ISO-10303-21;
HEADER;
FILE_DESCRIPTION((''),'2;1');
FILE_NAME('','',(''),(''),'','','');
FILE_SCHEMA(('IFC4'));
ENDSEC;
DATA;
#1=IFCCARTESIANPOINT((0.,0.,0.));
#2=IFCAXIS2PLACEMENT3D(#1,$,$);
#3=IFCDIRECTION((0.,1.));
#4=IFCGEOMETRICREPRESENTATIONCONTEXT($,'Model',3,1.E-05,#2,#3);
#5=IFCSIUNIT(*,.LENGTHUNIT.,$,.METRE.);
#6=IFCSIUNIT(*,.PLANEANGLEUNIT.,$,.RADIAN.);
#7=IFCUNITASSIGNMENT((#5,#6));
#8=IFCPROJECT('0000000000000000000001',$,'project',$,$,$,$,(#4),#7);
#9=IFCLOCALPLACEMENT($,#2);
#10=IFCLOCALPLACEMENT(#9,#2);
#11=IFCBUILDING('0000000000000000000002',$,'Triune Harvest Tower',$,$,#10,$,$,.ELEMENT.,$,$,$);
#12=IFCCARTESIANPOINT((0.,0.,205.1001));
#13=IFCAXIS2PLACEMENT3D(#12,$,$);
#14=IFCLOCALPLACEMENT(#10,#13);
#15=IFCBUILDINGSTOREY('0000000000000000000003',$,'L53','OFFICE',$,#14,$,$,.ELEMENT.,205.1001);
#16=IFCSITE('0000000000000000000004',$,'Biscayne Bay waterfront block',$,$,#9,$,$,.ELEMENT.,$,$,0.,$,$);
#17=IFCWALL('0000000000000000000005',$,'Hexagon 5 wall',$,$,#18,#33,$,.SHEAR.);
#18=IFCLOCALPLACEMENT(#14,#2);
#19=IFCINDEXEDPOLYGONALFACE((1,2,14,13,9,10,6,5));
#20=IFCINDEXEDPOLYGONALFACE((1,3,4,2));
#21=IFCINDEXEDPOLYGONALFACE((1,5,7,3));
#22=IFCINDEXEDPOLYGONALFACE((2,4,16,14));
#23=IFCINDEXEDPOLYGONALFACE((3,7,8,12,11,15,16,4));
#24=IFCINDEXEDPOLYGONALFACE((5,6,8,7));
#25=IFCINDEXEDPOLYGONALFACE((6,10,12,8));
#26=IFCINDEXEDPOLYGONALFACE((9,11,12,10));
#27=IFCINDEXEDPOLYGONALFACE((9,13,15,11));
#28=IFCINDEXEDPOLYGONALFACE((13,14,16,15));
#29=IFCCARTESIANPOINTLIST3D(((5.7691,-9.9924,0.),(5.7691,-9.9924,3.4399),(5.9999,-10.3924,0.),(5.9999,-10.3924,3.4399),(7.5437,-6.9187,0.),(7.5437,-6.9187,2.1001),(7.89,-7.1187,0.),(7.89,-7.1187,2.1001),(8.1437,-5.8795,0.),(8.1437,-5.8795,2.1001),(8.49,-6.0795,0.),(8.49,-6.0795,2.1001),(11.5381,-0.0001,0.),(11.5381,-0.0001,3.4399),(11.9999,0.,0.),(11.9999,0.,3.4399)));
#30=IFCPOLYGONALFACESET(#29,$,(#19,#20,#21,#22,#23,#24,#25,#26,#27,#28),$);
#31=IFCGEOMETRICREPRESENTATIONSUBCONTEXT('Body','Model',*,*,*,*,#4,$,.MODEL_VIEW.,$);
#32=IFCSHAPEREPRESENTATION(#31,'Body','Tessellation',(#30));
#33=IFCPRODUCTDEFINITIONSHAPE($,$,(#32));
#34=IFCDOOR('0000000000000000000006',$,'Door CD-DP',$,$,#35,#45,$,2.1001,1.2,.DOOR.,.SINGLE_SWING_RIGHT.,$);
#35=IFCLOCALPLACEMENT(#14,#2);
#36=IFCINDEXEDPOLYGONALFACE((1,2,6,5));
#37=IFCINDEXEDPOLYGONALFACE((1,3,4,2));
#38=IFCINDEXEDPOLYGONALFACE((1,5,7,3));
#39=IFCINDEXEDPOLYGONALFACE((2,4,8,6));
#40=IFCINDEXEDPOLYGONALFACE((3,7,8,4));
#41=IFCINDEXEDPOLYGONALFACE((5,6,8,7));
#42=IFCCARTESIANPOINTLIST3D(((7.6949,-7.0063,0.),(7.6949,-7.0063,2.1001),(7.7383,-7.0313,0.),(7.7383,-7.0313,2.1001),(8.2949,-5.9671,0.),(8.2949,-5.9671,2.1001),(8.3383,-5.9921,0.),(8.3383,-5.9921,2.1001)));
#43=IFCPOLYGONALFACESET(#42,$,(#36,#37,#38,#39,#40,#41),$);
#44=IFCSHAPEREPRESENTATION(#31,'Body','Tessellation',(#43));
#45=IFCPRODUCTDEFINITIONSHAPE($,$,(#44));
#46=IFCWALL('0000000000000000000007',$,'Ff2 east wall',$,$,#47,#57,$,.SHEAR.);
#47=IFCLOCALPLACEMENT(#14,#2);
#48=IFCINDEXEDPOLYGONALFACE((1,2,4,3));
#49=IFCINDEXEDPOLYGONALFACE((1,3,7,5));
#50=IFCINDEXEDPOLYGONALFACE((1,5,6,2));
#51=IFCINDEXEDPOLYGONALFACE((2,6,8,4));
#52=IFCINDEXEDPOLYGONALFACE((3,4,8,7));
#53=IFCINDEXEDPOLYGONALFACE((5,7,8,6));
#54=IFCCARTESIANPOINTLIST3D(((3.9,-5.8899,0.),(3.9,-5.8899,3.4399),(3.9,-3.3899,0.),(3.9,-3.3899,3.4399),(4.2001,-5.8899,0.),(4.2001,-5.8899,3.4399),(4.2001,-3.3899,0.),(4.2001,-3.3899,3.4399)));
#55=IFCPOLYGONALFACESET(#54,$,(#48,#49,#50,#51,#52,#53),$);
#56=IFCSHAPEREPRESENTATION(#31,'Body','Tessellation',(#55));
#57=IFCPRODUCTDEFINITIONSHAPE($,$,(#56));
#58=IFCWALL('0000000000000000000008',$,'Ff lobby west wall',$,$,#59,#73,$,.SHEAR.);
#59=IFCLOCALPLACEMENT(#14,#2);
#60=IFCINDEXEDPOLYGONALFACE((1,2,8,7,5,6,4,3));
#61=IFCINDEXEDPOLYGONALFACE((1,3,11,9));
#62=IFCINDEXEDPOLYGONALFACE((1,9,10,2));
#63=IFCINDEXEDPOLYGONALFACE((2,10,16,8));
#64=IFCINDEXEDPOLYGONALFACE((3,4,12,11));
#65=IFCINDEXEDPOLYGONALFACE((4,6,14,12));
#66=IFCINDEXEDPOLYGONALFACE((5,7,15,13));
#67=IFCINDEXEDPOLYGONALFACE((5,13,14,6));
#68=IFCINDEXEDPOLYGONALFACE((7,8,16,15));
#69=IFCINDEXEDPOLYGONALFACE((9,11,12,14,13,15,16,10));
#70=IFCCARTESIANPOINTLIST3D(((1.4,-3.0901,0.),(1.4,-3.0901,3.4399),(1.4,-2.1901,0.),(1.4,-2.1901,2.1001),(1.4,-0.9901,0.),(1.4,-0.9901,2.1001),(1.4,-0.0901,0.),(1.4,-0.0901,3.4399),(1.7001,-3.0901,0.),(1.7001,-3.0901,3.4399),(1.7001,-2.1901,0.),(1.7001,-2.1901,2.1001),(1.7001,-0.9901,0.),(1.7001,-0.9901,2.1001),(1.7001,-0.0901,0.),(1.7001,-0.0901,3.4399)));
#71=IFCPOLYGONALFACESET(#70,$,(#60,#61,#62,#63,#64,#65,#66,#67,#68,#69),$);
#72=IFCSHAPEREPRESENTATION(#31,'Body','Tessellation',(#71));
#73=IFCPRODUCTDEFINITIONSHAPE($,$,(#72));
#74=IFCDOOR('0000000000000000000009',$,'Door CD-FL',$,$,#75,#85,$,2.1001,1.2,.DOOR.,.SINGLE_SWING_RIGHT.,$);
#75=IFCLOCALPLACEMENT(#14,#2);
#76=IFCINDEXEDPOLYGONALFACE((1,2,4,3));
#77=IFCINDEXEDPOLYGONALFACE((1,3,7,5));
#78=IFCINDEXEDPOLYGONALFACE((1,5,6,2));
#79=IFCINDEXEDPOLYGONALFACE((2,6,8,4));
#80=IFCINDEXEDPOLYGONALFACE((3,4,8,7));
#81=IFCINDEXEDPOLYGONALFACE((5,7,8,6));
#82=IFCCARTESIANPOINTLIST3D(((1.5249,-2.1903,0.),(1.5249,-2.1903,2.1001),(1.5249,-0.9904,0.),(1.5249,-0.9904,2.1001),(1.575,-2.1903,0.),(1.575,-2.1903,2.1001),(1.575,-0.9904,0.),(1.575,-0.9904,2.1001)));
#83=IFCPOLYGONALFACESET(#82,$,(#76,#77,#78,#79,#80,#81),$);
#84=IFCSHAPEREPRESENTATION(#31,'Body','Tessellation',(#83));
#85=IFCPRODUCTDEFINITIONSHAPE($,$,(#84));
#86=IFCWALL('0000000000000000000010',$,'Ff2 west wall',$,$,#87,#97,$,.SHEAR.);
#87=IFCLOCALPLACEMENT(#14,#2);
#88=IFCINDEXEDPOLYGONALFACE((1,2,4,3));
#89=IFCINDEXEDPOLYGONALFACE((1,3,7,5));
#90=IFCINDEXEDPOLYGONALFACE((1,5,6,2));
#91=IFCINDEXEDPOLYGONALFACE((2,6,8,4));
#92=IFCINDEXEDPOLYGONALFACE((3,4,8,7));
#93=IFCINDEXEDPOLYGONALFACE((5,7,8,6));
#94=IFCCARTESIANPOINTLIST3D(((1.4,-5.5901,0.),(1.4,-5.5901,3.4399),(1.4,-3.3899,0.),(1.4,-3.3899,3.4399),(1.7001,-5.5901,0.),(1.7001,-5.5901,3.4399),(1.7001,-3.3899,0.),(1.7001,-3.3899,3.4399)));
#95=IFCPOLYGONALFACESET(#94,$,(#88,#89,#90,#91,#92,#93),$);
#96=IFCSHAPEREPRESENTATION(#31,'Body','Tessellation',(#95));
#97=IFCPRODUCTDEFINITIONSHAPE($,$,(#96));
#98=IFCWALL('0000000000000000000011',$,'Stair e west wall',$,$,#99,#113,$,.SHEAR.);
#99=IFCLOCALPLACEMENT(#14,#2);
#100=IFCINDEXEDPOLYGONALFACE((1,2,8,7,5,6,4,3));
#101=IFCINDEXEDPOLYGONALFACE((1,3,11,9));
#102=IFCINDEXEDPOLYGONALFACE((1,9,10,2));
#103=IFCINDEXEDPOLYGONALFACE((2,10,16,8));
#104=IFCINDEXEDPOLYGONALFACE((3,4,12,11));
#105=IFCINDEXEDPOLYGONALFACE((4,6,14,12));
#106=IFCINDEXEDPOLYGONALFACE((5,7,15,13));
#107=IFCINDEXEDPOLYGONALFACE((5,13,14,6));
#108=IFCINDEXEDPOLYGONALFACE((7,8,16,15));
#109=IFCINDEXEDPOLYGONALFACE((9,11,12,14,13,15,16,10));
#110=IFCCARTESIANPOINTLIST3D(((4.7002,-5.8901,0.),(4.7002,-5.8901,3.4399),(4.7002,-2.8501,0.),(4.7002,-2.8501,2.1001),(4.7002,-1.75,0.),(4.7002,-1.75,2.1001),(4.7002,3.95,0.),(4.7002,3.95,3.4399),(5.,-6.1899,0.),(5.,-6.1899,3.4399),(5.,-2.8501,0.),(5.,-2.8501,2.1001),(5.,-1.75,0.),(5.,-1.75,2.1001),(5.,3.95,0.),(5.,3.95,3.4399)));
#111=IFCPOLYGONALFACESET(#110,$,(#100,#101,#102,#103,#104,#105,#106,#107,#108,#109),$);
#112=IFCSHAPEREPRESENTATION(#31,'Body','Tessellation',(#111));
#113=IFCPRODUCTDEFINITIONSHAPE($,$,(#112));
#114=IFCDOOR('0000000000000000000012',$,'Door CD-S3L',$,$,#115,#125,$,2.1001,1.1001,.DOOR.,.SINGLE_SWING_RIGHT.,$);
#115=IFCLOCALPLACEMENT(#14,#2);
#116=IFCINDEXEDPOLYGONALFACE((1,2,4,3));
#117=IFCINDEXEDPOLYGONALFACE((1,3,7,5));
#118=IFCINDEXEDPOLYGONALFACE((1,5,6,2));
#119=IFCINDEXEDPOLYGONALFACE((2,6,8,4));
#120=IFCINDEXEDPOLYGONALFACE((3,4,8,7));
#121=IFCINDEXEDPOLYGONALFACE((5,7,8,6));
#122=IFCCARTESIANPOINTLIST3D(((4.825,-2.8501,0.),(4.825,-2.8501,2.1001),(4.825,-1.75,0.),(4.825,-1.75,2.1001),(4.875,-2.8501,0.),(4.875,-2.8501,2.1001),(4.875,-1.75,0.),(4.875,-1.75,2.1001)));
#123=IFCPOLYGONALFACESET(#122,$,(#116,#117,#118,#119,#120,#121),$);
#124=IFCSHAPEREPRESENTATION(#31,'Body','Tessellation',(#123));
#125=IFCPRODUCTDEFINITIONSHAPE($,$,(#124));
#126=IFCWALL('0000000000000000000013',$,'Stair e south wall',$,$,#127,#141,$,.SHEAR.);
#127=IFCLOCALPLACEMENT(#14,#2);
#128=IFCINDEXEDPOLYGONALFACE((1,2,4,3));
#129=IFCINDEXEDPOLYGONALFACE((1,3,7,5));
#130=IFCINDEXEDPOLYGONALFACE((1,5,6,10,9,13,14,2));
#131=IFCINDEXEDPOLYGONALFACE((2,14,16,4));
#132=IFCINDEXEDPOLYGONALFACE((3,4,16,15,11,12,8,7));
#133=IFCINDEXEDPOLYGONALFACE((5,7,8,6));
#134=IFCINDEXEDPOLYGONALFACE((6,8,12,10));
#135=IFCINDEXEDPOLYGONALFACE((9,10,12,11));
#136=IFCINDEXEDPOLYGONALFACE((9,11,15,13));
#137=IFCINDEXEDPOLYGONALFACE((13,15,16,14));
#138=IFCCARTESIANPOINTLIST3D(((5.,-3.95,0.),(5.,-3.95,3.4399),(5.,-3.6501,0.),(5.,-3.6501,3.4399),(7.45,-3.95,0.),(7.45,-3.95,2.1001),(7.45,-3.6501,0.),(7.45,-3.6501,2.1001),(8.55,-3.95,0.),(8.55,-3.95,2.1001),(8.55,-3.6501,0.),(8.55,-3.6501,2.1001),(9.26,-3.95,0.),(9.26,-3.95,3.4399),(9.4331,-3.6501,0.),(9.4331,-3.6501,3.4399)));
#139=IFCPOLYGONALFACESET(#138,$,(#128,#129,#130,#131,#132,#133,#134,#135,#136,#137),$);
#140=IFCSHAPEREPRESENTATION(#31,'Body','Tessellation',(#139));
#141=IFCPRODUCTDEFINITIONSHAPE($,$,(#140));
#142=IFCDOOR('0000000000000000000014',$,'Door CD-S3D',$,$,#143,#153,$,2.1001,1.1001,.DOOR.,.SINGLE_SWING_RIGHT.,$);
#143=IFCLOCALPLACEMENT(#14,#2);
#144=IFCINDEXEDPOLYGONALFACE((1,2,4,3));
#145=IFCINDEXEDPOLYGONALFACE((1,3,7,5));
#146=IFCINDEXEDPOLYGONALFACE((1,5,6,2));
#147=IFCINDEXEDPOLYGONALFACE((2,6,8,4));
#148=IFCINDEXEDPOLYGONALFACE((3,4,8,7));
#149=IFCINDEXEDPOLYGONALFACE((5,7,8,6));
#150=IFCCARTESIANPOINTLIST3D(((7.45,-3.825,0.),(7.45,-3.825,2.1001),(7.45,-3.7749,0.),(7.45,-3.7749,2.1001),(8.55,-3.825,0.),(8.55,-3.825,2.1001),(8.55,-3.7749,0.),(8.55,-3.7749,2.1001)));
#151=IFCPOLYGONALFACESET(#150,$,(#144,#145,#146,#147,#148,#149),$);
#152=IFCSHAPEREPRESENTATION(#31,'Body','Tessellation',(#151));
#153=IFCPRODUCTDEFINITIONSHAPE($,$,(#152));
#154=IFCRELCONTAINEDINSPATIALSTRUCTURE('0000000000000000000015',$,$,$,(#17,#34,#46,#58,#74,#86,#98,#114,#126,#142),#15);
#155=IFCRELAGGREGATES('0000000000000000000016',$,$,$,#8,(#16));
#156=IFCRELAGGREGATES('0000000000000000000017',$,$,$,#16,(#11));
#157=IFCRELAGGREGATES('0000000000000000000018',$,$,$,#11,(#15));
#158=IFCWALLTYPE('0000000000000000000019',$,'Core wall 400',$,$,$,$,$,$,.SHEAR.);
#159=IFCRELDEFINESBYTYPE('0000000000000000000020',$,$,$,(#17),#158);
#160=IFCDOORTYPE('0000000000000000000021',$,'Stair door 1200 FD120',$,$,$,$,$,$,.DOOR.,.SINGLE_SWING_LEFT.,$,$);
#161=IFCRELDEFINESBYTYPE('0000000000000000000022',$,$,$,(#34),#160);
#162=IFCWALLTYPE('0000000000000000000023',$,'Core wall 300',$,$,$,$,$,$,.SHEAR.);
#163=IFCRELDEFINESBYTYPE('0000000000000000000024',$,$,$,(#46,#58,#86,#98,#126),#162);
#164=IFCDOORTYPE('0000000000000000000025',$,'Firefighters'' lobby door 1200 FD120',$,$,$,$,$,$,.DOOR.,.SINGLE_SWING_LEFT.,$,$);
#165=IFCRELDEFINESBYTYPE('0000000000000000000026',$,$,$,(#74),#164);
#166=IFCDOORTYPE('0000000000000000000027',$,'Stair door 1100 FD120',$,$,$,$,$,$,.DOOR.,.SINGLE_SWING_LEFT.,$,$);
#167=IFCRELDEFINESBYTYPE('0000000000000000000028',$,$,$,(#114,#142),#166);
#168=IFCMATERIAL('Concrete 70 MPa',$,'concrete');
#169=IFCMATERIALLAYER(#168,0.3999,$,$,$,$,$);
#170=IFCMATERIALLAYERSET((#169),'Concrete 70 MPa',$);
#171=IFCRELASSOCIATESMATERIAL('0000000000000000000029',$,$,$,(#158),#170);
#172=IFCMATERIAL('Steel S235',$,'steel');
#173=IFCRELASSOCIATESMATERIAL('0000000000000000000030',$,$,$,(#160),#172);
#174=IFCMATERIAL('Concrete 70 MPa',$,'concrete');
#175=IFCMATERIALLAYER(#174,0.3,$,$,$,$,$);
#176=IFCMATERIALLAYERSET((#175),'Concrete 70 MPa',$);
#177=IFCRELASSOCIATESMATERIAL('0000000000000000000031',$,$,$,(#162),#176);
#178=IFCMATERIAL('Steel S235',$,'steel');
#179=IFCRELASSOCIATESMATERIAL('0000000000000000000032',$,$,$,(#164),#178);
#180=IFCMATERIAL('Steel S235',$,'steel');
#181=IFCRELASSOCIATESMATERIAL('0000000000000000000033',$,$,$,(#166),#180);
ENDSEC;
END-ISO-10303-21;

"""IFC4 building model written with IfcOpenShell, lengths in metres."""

from ifc_helpers import new_model, si_unit, direction, frame, frame_2d, origin, place, context, subcontext, project, spatial, polyline, rectangle, outline, extrude, source, transform, mapped, material, layer, layer_set, type_object, element, fill, save


model = new_model("IFC4")

# Units and contexts
model_context = context("Model", 3, precision=1e-05, world=origin(), true_north=direction((0.0, 1.0)))
body_context = subcontext(model_context, "Body", "Model", "MODEL_VIEW")
ifc_project = project(units=[si_unit("LENGTHUNIT", "METRE"), si_unit("PLANEANGLEUNIT", "RADIAN")], contexts=[model_context])

# Site, building, storey
site_placement = place(None, origin())
site = spatial("IfcSite", under=ifc_project, at=site_placement, Name="Biscayne Bay waterfront block", CompositionType="ELEMENT", RefElevation=0.0)
building_placement = place(site_placement, origin())
building = spatial("IfcBuilding", under=site, at=building_placement, Name="Triune Harvest Tower", CompositionType="ELEMENT")
storey_placement = place(building_placement, frame((0.0, 0.0, 205.1001)))
storey = spatial("IfcBuildingStorey", under=building, at=storey_placement, Name="L53", Description="OFFICE", CompositionType="ELEMENT", Elevation=205.1001)

# Wall, opening, door
ifc_material_1 = material(Name="Concrete 70 MPa", Category="concrete")
ifc_layer_1 = layer(ifc_material_1, 0.3999)
ifc_layer_set_1 = layer_set([ifc_layer_1], Name="Concrete 70 MPa")
wall_type_1 = type_object("IfcWallType", Name="Core wall 400", PredefinedType="SHEAR", material=ifc_layer_set_1)
shared_shape_1 = source(origin(), body_context, "Body", "SweptSolid", [
    extrude(outline(polyline([(-0.1155, -0.2), (11.8845, -0.2), (11.6536, 0.2), (0.1155, 0.2), (-0.1155, -0.2)])), origin(), (0.0, 0.0, 1.0), 3.4399),
])
wall_1_placement = place(storey_placement, frame((5.8845, -10.1924, 0.0), z_axis=(0.0, 0.0, 1.0), x_axis=(0.499997, 0.866027, 0.0)))
wall_1 = element("IfcWall", 1, at=wall_1_placement, inside=storey, type_object=wall_type_1, Name="Hexagon 5 wall", PredefinedType="SHEAR", context=body_context, shape_type="MappedRepresentation", body=[
    mapped(shared_shape_1, transform((0.0, 0.0, 0.0), scale=1.0)),
])
opening_1_placement = place(wall_1_placement, frame((3.6646, 0.0, 0.0)))
opening_1 = element("IfcOpeningElement", 2, at=opening_1_placement, cuts=wall_1, PredefinedType="OPENING", context=body_context, shape_type="SweptSolid", body=[
    extrude(rectangle(XDim=1.2, YDim=2.1001, at=frame_2d((0.6001, 1.05))), frame((0.0, 0.21, 0.0), z_axis=(0.0, -1.0, 0.0), x_axis=(1.0, 0.0, 0.0)), (0.0, 0.0, 1.0), 0.4199),
])
ifc_material_2 = material(Name="Steel S235", Category="steel")
door_type_1 = type_object("IfcDoorType", Name="Stair door 1200 FD120", OperationType="SINGLE_SWING_LEFT", PredefinedType="DOOR", material=ifc_material_2)
door_1_placement = place(opening_1_placement, frame((1.2, 0.0, 0.0), z_axis=(0.0, 0.0, 1.0), x_axis=(-1.0, 0.0, 0.0)))
door_1 = element("IfcDoor", 3, at=door_1_placement, inside=storey, type_object=door_type_1, Name="Door CD-DP", OperationType="SINGLE_SWING_RIGHT", OverallHeight=2.1001, OverallWidth=1.2, PredefinedType="DOOR", context=body_context, shape_type="SweptSolid", body=[
    extrude(rectangle(XDim=1.2, YDim=2.1001, at=frame_2d((0.6001, 1.05))), frame((0.0, 0.0249, 0.0), z_axis=(0.0, -1.0, 0.0), x_axis=(1.0, 0.0, 0.0)), (0.0, 0.0, 1.0), 0.05),
])
fill(opening_1, door_1)

# Wall
ifc_material_3 = material(Name="Concrete 70 MPa", Category="concrete")
ifc_layer_2 = layer(ifc_material_3, 0.3)
ifc_layer_set_2 = layer_set([ifc_layer_2], Name="Concrete 70 MPa")
wall_type_2 = type_object("IfcWallType", Name="Core wall 300", PredefinedType="SHEAR", material=ifc_layer_set_2)
shared_shape_2 = source(origin(), body_context, "Body", "SweptSolid", [
    extrude(rectangle(XDim=2.5, YDim=0.3, at=frame_2d((1.25, 0.0))), origin(), (0.0, 0.0, 1.0), 3.4399),
])
wall_2_placement = place(storey_placement, frame((4.05, -5.8899, 0.0), z_axis=(0.0, 0.0, 1.0), x_axis=(0.0, 1.0, 0.0)))
element("IfcWall", 4, at=wall_2_placement, inside=storey, type_object=wall_type_2, Name="Ff2 east wall", PredefinedType="SHEAR", context=body_context, shape_type="MappedRepresentation", body=[
    mapped(shared_shape_2, transform((0.0, 0.0, 0.0), scale=1.0)),
])

# Wall, opening, door
shared_shape_3 = source(origin(), body_context, "Body", "SweptSolid", [
    extrude(rectangle(XDim=3.0, YDim=0.3, at=frame_2d((1.5, 0.0))), origin(), (0.0, 0.0, 1.0), 3.4399),
])
wall_3_placement = place(storey_placement, frame((1.55, -3.0901, 0.0), z_axis=(0.0, 0.0, 1.0), x_axis=(0.0, 1.0, 0.0)))
wall_3 = element("IfcWall", 5, at=wall_3_placement, inside=storey, type_object=wall_type_2, Name="Ff lobby west wall", PredefinedType="SHEAR", context=body_context, shape_type="MappedRepresentation", body=[
    mapped(shared_shape_3, transform((0.0, 0.0, 0.0), scale=1.0)),
])
opening_2_placement = place(wall_3_placement, frame((0.8999, 0.0, 0.0)))
opening_2 = element("IfcOpeningElement", 6, at=opening_2_placement, cuts=wall_3, PredefinedType="OPENING", context=body_context, shape_type="SweptSolid", body=[
    extrude(rectangle(XDim=1.2, YDim=2.1001, at=frame_2d((0.6001, 1.05))), frame((0.0, 0.1602, 0.0), z_axis=(0.0, -1.0, 0.0), x_axis=(1.0, 0.0, 0.0)), (0.0, 0.0, 1.0), 0.3201),
])
ifc_material_4 = material(Name="Steel S235", Category="steel")
door_type_2 = type_object("IfcDoorType", Name="Firefighters' lobby door 1200 FD120", OperationType="SINGLE_SWING_LEFT", PredefinedType="DOOR", material=ifc_material_4)
door_2_placement = place(opening_2_placement, frame((1.2, 0.0, 0.0), z_axis=(0.0, 0.0, 1.0), x_axis=(-1.0, 0.0, 0.0)))
door_2 = element("IfcDoor", 7, at=door_2_placement, inside=storey, type_object=door_type_2, Name="Door CD-FL", OperationType="SINGLE_SWING_RIGHT", OverallHeight=2.1001, OverallWidth=1.2, PredefinedType="DOOR", context=body_context, shape_type="SweptSolid", body=[
    extrude(rectangle(XDim=1.2, YDim=2.1001, at=frame_2d((0.6001, 1.05))), frame((0.0, 0.0249, 0.0), z_axis=(0.0, -1.0, 0.0), x_axis=(1.0, 0.0, 0.0)), (0.0, 0.0, 1.0), 0.05),
])
fill(opening_2, door_2)

# Wall
shared_shape_4 = source(origin(), body_context, "Body", "SweptSolid", [
    extrude(rectangle(XDim=2.2002, YDim=0.3, at=frame_2d((1.1001, 0.0))), origin(), (0.0, 0.0, 1.0), 3.4399),
])
wall_4_placement = place(storey_placement, frame((1.55, -5.5901, 0.0), z_axis=(0.0, 0.0, 1.0), x_axis=(0.0, 1.0, 0.0)))
element("IfcWall", 8, at=wall_4_placement, inside=storey, type_object=wall_type_2, Name="Ff2 west wall", PredefinedType="SHEAR", context=body_context, shape_type="MappedRepresentation", body=[
    mapped(shared_shape_4, transform((0.0, 0.0, 0.0), scale=1.0)),
])

# Walls, openings, doors
shared_shape_5 = source(origin(), body_context, "Body", "SweptSolid", [
    extrude(outline(polyline([(-0.1499, -0.1499), (9.99, -0.1499), (9.99, 0.1499), (0.1499, 0.1499), (-0.1499, -0.1499)])), origin(), (0.0, 0.0, 1.0), 3.4399),
])
wall_5_placement = place(storey_placement, frame((4.8501, -6.04, 0.0), z_axis=(0.0, 0.0, 1.0), x_axis=(0.0, 1.0, 0.0)))
wall_5 = element("IfcWall", 9, at=wall_5_placement, inside=storey, type_object=wall_type_2, Name="Stair e west wall", PredefinedType="SHEAR", context=body_context, shape_type="MappedRepresentation", body=[
    mapped(shared_shape_5, transform((0.0, 0.0, 0.0), scale=1.0)),
])
opening_3_placement = place(wall_5_placement, frame((3.1899, 0.0, 0.0)))
opening_3 = element("IfcOpeningElement", 10, at=opening_3_placement, cuts=wall_5, PredefinedType="OPENING", context=body_context, shape_type="SweptSolid", body=[
    extrude(rectangle(XDim=1.1001, YDim=2.1001, at=frame_2d((0.55, 1.05))), frame((0.0, 0.1602, 0.0), z_axis=(0.0, -1.0, 0.0), x_axis=(1.0, 0.0, 0.0)), (0.0, 0.0, 1.0), 0.3201),
])
ifc_material_5 = material(Name="Steel S235", Category="steel")
door_type_3 = type_object("IfcDoorType", Name="Stair door 1100 FD120", OperationType="SINGLE_SWING_LEFT", PredefinedType="DOOR", material=ifc_material_5)
door_3_placement = place(opening_3_placement, frame((1.1001, 0.0, 0.0), z_axis=(0.0, 0.0, 1.0), x_axis=(-1.0, 0.0, 0.0)))
door_3 = element("IfcDoor", 11, at=door_3_placement, inside=storey, type_object=door_type_3, Name="Door CD-S3L", OperationType="SINGLE_SWING_RIGHT", OverallHeight=2.1001, OverallWidth=1.1001, PredefinedType="DOOR", context=body_context, shape_type="SweptSolid", body=[
    extrude(rectangle(XDim=1.1001, YDim=2.1001, at=frame_2d((0.55, 1.05))), frame((0.0, 0.0249, 0.0), z_axis=(0.0, -1.0, 0.0), x_axis=(1.0, 0.0, 0.0)), (0.0, 0.0, 1.0), 0.05),
])
fill(opening_3, door_3)
shared_shape_6 = source(origin(), body_context, "Body", "SweptSolid", [
    extrude(outline(polyline([(0.0, -0.1499), (0.0, 0.1499), (4.4331, 0.1499), (4.26, -0.1499), (0.0, -0.1499)])), origin(), (0.0, 0.0, 1.0), 3.4399),
])
wall_6_placement = place(storey_placement, frame((5.0, -3.8, 0.0), z_axis=(0.0, 0.0, 1.0), x_axis=(1.0, 0.0, 0.0)))
wall_6 = element("IfcWall", 12, at=wall_6_placement, inside=storey, type_object=wall_type_2, Name="Stair e south wall", PredefinedType="SHEAR", context=body_context, shape_type="MappedRepresentation", body=[
    mapped(shared_shape_6, transform((0.0, 0.0, 0.0), scale=1.0)),
])
opening_4_placement = place(wall_6_placement, frame((2.45, 0.0, 0.0)))
opening_4 = element("IfcOpeningElement", 13, at=opening_4_placement, cuts=wall_6, PredefinedType="OPENING", context=body_context, shape_type="SweptSolid", body=[
    extrude(rectangle(XDim=1.1001, YDim=2.1001, at=frame_2d((0.55, 1.05))), frame((0.0, 0.1602, 0.0), z_axis=(0.0, -1.0, 0.0), x_axis=(1.0, 0.0, 0.0)), (0.0, 0.0, 1.0), 0.3201),
])
door_4_placement = place(opening_4_placement, frame((1.1001, 0.0, 0.0), z_axis=(0.0, 0.0, 1.0), x_axis=(-1.0, 0.0, 0.0)))
door_4 = element("IfcDoor", 14, at=door_4_placement, inside=storey, type_object=door_type_3, Name="Door CD-S3D", OperationType="SINGLE_SWING_RIGHT", OverallHeight=2.1001, OverallWidth=1.1001, PredefinedType="DOOR", context=body_context, shape_type="SweptSolid", body=[
    extrude(rectangle(XDim=1.1001, YDim=2.1001, at=frame_2d((0.55, 1.05))), frame((0.0, 0.0249, 0.0), z_axis=(0.0, -1.0, 0.0), x_axis=(1.0, 0.0, 0.0)), (0.0, 0.0, 1.0), 0.05),
])
fill(opening_4, door_4)

save(model, "model.ifc")
